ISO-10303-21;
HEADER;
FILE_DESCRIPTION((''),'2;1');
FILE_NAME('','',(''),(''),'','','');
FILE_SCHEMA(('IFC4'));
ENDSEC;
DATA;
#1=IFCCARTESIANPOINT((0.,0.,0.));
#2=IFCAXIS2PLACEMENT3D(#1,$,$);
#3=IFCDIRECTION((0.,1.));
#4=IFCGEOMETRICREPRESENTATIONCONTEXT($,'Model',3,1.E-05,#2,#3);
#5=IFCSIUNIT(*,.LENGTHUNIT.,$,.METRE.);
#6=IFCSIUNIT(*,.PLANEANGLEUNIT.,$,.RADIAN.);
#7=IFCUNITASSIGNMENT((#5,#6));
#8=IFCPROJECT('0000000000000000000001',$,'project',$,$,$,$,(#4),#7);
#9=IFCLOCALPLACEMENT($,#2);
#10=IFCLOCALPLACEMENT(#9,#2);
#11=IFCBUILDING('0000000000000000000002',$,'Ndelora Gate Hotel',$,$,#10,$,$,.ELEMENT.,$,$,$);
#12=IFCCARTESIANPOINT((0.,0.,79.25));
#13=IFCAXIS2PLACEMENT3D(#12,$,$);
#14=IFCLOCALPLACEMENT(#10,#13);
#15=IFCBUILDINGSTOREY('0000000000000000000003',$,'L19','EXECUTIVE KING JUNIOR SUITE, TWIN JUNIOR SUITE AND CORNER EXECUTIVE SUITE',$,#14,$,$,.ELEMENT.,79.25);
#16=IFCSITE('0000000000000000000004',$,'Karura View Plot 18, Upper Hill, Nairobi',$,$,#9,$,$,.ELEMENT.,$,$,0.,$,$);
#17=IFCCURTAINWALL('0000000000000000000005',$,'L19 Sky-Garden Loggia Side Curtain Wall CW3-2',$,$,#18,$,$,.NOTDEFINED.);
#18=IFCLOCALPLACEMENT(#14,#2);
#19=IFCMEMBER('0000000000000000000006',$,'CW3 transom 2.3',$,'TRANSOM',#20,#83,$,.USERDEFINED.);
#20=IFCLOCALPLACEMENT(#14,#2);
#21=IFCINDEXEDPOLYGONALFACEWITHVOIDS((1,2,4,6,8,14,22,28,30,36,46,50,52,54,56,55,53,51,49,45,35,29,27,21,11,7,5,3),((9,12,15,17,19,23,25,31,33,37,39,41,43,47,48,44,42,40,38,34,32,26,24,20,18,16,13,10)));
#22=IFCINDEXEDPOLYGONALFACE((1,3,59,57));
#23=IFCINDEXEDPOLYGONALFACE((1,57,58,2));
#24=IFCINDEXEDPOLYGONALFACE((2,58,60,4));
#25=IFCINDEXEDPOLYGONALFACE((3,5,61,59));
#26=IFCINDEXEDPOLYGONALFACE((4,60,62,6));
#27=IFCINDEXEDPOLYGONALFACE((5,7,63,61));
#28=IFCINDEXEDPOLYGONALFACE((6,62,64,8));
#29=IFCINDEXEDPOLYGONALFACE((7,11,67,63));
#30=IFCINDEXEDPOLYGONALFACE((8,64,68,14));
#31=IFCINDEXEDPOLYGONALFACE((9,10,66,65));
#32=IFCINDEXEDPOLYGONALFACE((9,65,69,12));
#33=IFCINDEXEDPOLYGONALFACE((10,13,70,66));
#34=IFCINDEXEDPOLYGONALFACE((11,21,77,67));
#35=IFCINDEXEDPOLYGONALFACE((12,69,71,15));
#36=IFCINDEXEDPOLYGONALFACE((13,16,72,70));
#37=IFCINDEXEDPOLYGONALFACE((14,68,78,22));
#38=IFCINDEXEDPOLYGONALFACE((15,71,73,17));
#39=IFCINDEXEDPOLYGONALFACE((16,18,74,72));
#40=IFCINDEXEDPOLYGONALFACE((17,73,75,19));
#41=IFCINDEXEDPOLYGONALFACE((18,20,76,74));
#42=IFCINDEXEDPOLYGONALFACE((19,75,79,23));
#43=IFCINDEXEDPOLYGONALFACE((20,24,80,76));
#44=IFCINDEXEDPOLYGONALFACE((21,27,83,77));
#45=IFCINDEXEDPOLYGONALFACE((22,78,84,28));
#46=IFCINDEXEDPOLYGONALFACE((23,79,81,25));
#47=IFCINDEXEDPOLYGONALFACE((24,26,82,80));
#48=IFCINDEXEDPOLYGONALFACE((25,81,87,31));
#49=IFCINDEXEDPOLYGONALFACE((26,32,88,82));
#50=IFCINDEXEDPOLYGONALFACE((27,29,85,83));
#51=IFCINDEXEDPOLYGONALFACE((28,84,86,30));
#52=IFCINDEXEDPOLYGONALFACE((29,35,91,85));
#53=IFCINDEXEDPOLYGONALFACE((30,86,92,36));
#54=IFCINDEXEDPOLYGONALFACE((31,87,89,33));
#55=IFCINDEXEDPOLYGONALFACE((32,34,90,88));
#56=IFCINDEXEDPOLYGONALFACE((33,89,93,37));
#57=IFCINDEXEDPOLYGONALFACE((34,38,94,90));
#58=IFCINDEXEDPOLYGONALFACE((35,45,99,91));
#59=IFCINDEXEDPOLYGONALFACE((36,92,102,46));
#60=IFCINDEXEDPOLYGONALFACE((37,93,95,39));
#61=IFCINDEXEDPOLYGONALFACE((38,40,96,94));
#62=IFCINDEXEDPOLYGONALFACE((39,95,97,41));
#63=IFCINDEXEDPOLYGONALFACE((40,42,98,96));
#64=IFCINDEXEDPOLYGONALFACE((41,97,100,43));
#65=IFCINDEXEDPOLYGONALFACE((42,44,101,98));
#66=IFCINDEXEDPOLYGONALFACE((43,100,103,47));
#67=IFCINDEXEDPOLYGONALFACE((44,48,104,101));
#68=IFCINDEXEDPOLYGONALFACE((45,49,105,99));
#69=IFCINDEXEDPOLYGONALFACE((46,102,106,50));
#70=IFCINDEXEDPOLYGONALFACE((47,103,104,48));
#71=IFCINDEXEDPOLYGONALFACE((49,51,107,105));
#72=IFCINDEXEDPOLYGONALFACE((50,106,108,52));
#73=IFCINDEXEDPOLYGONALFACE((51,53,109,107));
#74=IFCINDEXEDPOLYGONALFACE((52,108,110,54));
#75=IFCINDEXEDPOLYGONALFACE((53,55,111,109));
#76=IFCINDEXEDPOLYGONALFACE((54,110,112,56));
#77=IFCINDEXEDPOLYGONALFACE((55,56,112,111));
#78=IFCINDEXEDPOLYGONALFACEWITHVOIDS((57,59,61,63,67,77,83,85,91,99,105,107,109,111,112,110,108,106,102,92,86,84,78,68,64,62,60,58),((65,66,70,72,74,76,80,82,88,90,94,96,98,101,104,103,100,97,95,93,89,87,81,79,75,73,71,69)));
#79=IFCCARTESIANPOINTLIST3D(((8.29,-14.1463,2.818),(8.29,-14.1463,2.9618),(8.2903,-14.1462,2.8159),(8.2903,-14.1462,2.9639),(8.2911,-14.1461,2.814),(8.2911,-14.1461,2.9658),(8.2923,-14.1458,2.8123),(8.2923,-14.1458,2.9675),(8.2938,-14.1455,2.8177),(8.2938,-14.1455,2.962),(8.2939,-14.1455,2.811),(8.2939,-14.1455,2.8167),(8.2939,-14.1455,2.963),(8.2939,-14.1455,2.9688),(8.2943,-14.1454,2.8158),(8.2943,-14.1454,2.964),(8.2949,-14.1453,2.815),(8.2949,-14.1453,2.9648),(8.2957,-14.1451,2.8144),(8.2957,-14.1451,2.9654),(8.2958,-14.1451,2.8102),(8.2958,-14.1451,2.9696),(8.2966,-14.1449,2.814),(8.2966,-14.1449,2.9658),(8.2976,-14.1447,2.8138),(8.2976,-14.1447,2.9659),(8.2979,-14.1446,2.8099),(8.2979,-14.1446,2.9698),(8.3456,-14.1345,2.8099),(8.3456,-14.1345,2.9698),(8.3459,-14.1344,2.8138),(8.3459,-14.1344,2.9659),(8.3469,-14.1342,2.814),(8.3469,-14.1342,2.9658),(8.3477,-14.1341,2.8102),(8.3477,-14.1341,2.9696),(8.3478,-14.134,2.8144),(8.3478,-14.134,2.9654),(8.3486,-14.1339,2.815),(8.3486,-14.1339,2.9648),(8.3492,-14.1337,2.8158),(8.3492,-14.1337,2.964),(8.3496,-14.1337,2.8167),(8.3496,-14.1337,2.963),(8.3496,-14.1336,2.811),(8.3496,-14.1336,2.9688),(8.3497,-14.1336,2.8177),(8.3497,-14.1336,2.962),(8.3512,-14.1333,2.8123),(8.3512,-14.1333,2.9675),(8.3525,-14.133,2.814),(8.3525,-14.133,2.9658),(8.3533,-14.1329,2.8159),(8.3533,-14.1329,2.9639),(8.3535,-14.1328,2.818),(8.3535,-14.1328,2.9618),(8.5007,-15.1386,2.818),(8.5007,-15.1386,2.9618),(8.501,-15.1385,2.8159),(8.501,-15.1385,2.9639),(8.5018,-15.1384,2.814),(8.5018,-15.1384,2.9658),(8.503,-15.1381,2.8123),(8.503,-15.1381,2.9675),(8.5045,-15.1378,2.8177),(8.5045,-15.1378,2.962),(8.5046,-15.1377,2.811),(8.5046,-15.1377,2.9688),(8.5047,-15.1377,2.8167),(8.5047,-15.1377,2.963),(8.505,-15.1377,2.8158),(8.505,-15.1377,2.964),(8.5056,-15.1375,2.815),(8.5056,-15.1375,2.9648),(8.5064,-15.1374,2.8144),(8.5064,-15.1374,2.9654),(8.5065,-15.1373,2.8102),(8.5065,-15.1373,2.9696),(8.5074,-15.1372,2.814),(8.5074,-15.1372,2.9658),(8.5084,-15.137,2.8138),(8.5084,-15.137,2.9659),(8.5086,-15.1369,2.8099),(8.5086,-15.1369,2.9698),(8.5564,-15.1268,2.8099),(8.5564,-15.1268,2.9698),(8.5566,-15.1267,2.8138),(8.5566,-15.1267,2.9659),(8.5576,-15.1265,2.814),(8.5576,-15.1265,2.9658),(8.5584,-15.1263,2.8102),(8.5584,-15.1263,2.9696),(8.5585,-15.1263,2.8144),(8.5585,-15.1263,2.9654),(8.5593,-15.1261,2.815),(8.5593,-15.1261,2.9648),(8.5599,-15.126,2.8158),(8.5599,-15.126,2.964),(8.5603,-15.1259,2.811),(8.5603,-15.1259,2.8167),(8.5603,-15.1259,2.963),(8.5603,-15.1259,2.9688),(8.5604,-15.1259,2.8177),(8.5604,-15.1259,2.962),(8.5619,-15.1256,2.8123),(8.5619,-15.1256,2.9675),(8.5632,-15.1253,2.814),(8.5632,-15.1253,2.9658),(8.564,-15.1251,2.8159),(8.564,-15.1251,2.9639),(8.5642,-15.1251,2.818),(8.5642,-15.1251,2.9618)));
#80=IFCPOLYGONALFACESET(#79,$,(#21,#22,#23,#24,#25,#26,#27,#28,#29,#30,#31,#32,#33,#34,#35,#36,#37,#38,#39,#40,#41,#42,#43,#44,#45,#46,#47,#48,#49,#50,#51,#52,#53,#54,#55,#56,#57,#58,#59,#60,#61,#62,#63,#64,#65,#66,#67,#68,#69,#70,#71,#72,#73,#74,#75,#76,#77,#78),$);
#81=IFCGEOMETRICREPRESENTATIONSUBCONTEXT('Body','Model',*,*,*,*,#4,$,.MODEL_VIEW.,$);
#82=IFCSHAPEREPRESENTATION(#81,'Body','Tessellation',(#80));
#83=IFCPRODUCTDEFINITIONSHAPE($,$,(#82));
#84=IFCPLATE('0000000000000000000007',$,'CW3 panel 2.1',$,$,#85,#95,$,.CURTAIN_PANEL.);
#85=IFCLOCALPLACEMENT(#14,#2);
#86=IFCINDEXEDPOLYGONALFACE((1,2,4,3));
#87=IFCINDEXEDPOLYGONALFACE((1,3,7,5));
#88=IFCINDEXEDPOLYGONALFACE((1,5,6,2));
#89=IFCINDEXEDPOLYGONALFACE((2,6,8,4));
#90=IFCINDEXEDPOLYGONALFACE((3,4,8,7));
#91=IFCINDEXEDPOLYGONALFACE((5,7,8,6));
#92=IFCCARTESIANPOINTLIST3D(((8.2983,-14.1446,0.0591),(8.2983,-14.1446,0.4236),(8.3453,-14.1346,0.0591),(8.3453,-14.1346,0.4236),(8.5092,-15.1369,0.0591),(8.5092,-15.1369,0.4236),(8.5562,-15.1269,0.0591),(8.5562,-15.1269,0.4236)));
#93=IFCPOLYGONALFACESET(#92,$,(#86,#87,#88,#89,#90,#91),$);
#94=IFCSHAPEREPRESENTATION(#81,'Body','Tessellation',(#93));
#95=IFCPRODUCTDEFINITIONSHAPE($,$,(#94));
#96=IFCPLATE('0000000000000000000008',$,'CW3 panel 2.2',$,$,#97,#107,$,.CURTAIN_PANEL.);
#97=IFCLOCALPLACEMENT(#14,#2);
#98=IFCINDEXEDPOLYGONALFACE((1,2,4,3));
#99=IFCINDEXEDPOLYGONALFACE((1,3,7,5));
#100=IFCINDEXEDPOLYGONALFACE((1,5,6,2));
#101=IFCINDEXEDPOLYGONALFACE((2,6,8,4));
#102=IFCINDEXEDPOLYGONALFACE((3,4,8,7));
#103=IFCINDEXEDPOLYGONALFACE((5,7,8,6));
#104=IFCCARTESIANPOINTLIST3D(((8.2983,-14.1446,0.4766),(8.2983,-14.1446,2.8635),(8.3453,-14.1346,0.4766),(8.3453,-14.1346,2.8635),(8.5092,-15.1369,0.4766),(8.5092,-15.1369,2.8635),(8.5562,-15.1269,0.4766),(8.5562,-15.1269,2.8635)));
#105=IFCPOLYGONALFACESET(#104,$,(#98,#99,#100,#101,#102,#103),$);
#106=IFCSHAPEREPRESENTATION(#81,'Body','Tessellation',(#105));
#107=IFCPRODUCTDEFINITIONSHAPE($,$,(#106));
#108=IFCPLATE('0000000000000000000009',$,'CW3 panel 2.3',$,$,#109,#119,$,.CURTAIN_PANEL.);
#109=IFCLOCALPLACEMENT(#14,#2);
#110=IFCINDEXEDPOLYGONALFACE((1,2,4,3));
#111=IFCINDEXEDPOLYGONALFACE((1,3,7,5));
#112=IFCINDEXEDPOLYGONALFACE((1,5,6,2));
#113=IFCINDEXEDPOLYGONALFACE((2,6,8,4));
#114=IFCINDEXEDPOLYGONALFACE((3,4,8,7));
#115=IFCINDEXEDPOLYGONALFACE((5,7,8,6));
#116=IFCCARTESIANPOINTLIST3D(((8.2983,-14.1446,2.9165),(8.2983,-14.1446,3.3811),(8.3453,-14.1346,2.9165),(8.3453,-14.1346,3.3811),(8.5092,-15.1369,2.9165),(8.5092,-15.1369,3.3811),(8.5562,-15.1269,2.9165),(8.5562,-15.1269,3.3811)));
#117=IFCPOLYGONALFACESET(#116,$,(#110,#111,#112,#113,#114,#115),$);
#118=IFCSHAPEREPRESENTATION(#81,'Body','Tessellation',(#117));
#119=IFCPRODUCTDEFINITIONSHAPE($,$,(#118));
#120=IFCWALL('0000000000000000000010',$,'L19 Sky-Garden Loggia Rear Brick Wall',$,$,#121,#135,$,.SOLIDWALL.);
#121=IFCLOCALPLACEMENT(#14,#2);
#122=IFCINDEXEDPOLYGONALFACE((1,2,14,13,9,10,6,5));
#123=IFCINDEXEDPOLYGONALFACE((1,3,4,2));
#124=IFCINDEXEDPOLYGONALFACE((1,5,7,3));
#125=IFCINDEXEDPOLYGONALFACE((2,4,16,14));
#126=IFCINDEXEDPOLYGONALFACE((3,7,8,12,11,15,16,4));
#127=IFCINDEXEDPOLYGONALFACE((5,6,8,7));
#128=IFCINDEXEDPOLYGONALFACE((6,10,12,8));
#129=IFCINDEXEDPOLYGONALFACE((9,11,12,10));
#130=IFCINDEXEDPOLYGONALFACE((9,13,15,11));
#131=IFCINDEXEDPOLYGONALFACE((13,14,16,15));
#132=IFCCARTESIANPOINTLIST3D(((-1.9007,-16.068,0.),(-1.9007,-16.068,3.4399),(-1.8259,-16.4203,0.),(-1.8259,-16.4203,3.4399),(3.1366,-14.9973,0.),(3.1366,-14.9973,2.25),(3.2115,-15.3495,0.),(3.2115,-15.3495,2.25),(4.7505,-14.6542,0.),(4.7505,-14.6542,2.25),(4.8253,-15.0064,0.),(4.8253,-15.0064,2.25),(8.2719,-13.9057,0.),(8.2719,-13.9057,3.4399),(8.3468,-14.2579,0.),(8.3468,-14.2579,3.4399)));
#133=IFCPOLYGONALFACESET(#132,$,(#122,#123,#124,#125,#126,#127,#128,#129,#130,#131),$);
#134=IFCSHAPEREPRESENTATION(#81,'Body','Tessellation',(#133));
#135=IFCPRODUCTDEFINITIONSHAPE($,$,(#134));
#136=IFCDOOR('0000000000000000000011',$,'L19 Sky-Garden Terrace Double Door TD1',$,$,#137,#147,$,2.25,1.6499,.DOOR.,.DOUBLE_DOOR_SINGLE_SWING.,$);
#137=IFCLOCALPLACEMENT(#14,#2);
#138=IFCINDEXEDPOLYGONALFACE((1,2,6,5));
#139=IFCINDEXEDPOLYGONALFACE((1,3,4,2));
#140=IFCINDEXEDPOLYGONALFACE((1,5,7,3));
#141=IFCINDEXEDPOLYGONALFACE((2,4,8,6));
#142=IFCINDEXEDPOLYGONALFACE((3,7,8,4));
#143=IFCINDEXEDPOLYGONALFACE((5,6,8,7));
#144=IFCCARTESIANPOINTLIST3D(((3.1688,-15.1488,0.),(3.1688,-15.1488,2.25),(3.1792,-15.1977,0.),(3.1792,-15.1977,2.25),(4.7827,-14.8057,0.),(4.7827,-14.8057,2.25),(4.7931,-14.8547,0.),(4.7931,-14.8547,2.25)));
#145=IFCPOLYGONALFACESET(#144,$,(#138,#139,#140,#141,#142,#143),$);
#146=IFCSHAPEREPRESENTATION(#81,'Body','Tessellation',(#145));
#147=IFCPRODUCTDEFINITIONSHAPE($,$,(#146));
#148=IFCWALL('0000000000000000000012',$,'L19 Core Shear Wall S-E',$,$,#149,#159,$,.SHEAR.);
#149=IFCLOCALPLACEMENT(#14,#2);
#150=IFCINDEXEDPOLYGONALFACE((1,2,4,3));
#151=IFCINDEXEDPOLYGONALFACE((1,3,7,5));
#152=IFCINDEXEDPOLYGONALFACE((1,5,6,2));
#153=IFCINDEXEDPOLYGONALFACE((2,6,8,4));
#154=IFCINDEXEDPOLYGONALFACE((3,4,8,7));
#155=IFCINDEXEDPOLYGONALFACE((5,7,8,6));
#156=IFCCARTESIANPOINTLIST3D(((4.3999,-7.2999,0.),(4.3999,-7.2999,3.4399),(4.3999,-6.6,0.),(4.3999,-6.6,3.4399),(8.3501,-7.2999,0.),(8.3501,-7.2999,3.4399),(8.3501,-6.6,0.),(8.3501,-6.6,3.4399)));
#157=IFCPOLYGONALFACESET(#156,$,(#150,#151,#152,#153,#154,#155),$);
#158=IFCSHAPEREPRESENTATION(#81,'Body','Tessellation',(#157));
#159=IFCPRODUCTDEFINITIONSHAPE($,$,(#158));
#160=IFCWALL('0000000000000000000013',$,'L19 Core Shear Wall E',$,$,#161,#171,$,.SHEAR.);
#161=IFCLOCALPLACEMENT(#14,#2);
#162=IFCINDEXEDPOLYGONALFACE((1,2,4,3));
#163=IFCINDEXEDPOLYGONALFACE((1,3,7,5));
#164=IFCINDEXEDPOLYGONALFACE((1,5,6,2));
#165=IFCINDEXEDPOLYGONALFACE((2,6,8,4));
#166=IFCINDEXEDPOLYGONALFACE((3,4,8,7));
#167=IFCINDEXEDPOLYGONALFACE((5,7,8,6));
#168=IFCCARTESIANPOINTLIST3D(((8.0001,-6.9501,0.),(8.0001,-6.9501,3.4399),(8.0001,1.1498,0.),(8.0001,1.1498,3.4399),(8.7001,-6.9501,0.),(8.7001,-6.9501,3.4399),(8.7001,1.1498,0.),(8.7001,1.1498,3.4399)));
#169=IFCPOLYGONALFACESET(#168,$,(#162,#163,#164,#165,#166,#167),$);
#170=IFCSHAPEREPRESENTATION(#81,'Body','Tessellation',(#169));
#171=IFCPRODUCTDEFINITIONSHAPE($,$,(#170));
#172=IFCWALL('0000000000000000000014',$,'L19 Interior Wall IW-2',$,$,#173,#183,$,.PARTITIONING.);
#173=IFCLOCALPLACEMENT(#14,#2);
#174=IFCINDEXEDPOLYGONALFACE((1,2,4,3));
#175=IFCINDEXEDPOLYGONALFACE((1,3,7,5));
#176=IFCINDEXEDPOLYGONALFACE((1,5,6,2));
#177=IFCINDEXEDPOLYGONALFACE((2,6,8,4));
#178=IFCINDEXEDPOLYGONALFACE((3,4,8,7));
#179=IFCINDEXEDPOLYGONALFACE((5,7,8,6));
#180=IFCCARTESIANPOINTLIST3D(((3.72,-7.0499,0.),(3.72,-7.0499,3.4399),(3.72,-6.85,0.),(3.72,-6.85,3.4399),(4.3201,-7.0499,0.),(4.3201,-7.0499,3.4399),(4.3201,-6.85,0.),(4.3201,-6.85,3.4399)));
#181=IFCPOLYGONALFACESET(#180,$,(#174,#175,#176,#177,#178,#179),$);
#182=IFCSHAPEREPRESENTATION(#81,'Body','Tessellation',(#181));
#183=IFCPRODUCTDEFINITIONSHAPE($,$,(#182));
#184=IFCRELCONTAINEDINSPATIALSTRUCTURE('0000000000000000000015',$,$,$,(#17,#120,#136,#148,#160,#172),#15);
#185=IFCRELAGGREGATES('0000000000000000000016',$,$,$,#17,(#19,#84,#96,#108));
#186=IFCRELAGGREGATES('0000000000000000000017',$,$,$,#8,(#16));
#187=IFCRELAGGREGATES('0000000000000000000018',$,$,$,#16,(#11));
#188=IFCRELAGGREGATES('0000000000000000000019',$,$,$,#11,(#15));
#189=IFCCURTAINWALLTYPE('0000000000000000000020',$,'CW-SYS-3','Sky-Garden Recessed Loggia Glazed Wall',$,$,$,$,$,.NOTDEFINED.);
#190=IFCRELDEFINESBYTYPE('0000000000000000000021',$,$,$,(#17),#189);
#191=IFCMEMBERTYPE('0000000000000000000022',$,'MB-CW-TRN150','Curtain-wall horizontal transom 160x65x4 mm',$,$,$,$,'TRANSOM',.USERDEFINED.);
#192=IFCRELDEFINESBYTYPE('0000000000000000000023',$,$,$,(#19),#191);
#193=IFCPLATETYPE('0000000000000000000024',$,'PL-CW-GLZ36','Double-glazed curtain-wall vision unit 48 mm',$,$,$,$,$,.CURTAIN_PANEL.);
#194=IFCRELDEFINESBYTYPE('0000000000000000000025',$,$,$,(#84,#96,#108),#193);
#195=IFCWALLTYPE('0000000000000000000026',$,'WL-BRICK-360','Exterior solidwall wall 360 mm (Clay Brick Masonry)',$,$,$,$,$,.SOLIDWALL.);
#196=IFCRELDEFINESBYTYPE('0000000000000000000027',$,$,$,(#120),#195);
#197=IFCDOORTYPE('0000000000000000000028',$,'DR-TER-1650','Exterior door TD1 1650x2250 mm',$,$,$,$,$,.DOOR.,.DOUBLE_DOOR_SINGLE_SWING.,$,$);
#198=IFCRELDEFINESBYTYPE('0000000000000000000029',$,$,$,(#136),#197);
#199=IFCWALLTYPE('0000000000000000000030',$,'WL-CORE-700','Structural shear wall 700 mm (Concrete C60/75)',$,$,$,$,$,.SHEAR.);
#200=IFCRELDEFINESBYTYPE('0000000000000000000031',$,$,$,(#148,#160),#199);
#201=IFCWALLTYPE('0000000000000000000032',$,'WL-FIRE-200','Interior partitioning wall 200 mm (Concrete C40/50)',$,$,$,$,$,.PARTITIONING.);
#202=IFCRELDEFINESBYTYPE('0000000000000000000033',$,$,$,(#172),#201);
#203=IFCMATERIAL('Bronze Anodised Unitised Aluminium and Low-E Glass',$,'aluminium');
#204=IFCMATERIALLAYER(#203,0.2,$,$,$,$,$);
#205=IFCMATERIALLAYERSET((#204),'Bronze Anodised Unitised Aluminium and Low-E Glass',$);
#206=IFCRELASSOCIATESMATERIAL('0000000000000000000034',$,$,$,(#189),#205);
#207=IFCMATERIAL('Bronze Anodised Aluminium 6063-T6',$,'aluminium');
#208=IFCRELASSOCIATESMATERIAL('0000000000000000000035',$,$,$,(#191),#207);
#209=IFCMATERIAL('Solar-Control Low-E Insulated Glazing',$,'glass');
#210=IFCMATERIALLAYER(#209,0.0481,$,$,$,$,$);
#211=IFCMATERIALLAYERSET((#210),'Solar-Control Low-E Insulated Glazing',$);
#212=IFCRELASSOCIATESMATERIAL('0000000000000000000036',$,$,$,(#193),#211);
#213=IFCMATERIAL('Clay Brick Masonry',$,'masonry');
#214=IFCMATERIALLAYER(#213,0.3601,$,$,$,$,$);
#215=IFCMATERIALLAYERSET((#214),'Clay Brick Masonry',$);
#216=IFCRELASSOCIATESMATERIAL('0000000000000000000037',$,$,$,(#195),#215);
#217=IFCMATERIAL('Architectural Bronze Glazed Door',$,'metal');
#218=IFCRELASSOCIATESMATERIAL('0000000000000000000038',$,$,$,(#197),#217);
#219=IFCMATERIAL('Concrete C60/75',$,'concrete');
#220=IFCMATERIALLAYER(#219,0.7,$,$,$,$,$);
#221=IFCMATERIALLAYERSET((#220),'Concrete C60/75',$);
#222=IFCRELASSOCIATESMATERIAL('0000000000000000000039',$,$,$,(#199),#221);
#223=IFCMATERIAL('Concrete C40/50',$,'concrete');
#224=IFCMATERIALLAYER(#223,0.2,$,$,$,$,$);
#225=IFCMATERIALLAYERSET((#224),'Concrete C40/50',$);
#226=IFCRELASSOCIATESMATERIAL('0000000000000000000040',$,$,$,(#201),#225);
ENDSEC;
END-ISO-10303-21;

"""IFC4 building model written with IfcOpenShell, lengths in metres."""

from ifc_helpers import new_model, si_unit, direction, frame, frame_2d, origin, origin_2d, place, context, subcontext, project, spatial, rectangle, hollow_rectangle, extrude, material, layer, layer_set, material_profile, profile_set, type_object, element, fill, aggregate, save


model = new_model("IFC4")

# Units and contexts
model_context = context("Model", 3, precision=1e-05, world=origin(), true_north=direction((0.0, 1.0)))
body_context = subcontext(model_context, "Body", "Model", "MODEL_VIEW")
ifc_project = project(units=[si_unit("LENGTHUNIT", "METRE"), si_unit("PLANEANGLEUNIT", "RADIAN")], contexts=[model_context])

# Site, building, storey
site_placement = place(None, origin())
site = spatial("IfcSite", under=ifc_project, at=site_placement, Name="Karura View Plot 18, Upper Hill, Nairobi", CompositionType="ELEMENT", RefElevation=0.0)
building_placement = place(site_placement, origin())
building = spatial("IfcBuilding", under=site, at=building_placement, Name="Ndelora Gate Hotel", CompositionType="ELEMENT")
storey_placement = place(building_placement, frame((0.0, 0.0, 79.25)))
storey = spatial("IfcBuildingStorey", under=building, at=storey_placement, Name="L19", Description="EXECUTIVE KING JUNIOR SUITE, TWIN JUNIOR SUITE AND CORNER EXECUTIVE SUITE", CompositionType="ELEMENT", Elevation=79.25)

# Shared definitions
ifc_material_1 = material(Name="Concrete C60/75", Category="concrete")

# Curtain wall, member, plates
ifc_material_2 = material(Name="Bronze Anodised Unitised Aluminium and Low-E Glass", Category="aluminium")
ifc_layer_1 = layer(ifc_material_2, 0.2)
ifc_layer_set_1 = layer_set([ifc_layer_1], Name="Bronze Anodised Unitised Aluminium and Low-E Glass")
curtain_wall_type = type_object("IfcCurtainWallType", Name="CW-SYS-3", Description="Sky-Garden Recessed Loggia Glazed Wall", PredefinedType="NOTDEFINED", material=ifc_layer_set_1)
curtain_wall_placement = place(storey_placement, origin())
curtain_wall = element("IfcCurtainWall", 1, at=curtain_wall_placement, inside=storey, type_object=curtain_wall_type, Name="L19 Sky-Garden Loggia Side Curtain Wall CW3-2", PredefinedType="NOTDEFINED")
ifc_material_3 = material(Name="Bronze Anodised Aluminium 6063-T6", Category="aluminium")
ifc_material_profile_1 = material_profile(ifc_material_3, hollow_rectangle(XDim=0.0649, YDim=0.1599, WallThickness=0.0039, InnerFilletRadius=0.0039, OuterFilletRadius=0.0081, at=origin_2d()), Name="ALU 160x65x4")
ifc_profile_set_1 = profile_set([ifc_material_profile_1], Name="Bronze Anodised Aluminium 6063-T6")
member_type_1 = type_object("IfcMemberType", Name="MB-CW-TRN150", Description="Curtain-wall horizontal transom 160x65x4 mm", ElementType="TRANSOM", PredefinedType="USERDEFINED", material=ifc_profile_set_1)
member_1_placement = place(storey_placement, frame((8.5325, -15.1318, 2.8899), z_axis=(-0.207721, 0.978188, 0.0), x_axis=(-0.978188, -0.207721, 0.0)))
member_1 = element("IfcMember", 2, at=member_1_placement, type_object=member_type_1, Name="CW3 transom 2.3", ObjectType="TRANSOM", PredefinedType="USERDEFINED", context=body_context, shape_type="SweptSolid", body=[
    extrude(hollow_rectangle(XDim=0.0649, YDim=0.1599, WallThickness=0.0039, InnerFilletRadius=0.0039, OuterFilletRadius=0.0081, at=origin_2d()), origin(), (0.0, 0.0, 1.0), 1.0144),
])
ifc_material_4 = material(Name="Solar-Control Low-E Insulated Glazing", Category="glass")
ifc_layer_2 = layer(ifc_material_4, 0.0481)
ifc_layer_set_2 = layer_set([ifc_layer_2], Name="Solar-Control Low-E Insulated Glazing")
plate_type = type_object("IfcPlateType", Name="PL-CW-GLZ36", Description="Double-glazed curtain-wall vision unit 48 mm", PredefinedType="CURTAIN_PANEL", material=ifc_layer_set_2)
plate_1_placement = place(storey_placement, frame((8.4272, -14.6357, 0.0591), z_axis=(0.0, 0.0, 1.0), x_axis=(-0.207911, 0.978148, 0.0)))
plate_1 = element("IfcPlate", 3, at=plate_1_placement, type_object=plate_type, Name="CW3 panel 2.1", PredefinedType="CURTAIN_PANEL", context=body_context, shape_type="SweptSolid", body=[
    extrude(rectangle(XDim=1.0144, YDim=0.0481, at=origin_2d()), origin(), (0.0, 0.0, 1.0), 0.3645),
])
plate_2_placement = place(storey_placement, frame((8.4272, -14.6357, 0.4766), z_axis=(0.0, 0.0, 1.0), x_axis=(-0.207911, 0.978148, 0.0)))
plate_2 = element("IfcPlate", 4, at=plate_2_placement, type_object=plate_type, Name="CW3 panel 2.2", PredefinedType="CURTAIN_PANEL", context=body_context, shape_type="SweptSolid", body=[
    extrude(rectangle(XDim=1.0144, YDim=0.0481, at=origin_2d()), origin(), (0.0, 0.0, 1.0), 2.387),
])
plate_3_placement = place(storey_placement, frame((8.4272, -14.6357, 2.9165), z_axis=(0.0, 0.0, 1.0), x_axis=(-0.207911, 0.978148, 0.0)))
plate_3 = element("IfcPlate", 5, at=plate_3_placement, type_object=plate_type, Name="CW3 panel 2.3", PredefinedType="CURTAIN_PANEL", context=body_context, shape_type="SweptSolid", body=[
    extrude(rectangle(XDim=1.0144, YDim=0.0481, at=origin_2d()), origin(), (0.0, 0.0, 1.0), 0.4646),
])
aggregate(curtain_wall, [member_1, plate_1, plate_2, plate_3])

# Wall, opening, door
ifc_material_5 = material(Name="Clay Brick Masonry", Category="masonry")
ifc_layer_3 = layer(ifc_material_5, 0.3601)
ifc_layer_set_3 = layer_set([ifc_layer_3], Name="Clay Brick Masonry")
wall_type_1 = type_object("IfcWallType", Name="WL-BRICK-360", Description="Exterior solidwall wall 360 mm (Clay Brick Masonry)", PredefinedType="SOLIDWALL", material=ifc_layer_set_3)
wall_1_placement = place(storey_placement, frame((8.3093, -14.0818, 0.0), z_axis=(0.0, 0.0, 1.0), x_axis=(-0.978146, -0.207921, 0.0)))
wall_1 = element("IfcWall", 6, at=wall_1_placement, inside=storey, type_object=wall_type_1, Name="L19 Sky-Garden Loggia Rear Brick Wall", PredefinedType="SOLIDWALL", context=body_context, shape_type="SweptSolid", body=[
    extrude(rectangle(XDim=10.3999, YDim=0.3601, at=frame_2d((5.2, 0.0))), origin(), (0.0, 0.0, 1.0), 3.4399),
])
opening_1_placement = place(wall_1_placement, frame((3.6001, 0.0, 0.0)))
opening_1 = element("IfcOpeningElement", 7, at=opening_1_placement, cuts=wall_1, PredefinedType="OPENING", context=body_context, shape_type="SweptSolid", body=[
    extrude(rectangle(XDim=1.6499, YDim=2.25, at=frame_2d((0.825, 1.125))), frame((0.0, 0.1899, 0.0), z_axis=(0.0, -1.0, 0.0), x_axis=(1.0, 0.0, 0.0)), (0.0, 0.0, 1.0), 0.3801),
])
ifc_material_6 = material(Name="Architectural Bronze Glazed Door", Category="metal")
door_type_1 = type_object("IfcDoorType", Name="DR-TER-1650", Description="Exterior door TD1 1650x2250 mm", OperationType="DOUBLE_DOOR_SINGLE_SWING", PredefinedType="DOOR", material=ifc_material_6)
door_1_placement = place(opening_1_placement, origin())
door_1 = element("IfcDoor", 8, at=door_1_placement, inside=storey, type_object=door_type_1, Name="L19 Sky-Garden Terrace Double Door TD1", OperationType="DOUBLE_DOOR_SINGLE_SWING", OverallHeight=2.25, OverallWidth=1.6499, PredefinedType="DOOR", context=body_context, shape_type="SweptSolid", body=[
    extrude(rectangle(XDim=1.6499, YDim=2.25, at=frame_2d((0.825, 1.125))), frame((0.0, 0.0249, 0.0), z_axis=(0.0, -1.0, 0.0), x_axis=(1.0, 0.0, 0.0)), (0.0, 0.0, 1.0), 0.05),
])
fill(opening_1, door_1)

# Walls
ifc_layer_4 = layer(ifc_material_1, 0.7)
ifc_layer_set_4 = layer_set([ifc_layer_4], Name="Concrete C60/75")
wall_type_2 = type_object("IfcWallType", Name="WL-CORE-700", Description="Structural shear wall 700 mm (Concrete C60/75)", PredefinedType="SHEAR", material=ifc_layer_set_4)
wall_2_placement = place(storey_placement, frame((4.3999, -6.95, 0.0), z_axis=(0.0, 0.0, 1.0), x_axis=(1.0, 0.0, 0.0)))
element("IfcWall", 9, at=wall_2_placement, inside=storey, type_object=wall_type_2, Name="L19 Core Shear Wall S-E", PredefinedType="SHEAR", context=body_context, shape_type="SweptSolid", body=[
    extrude(rectangle(XDim=3.9502, YDim=0.7, at=frame_2d((1.9751, 0.0))), origin(), (0.0, 0.0, 1.0), 3.4399),
])
wall_3_placement = place(storey_placement, frame((8.3501, -6.95, 0.0), z_axis=(0.0, 0.0, 1.0), x_axis=(0.0, 1.0, 0.0)))
element("IfcWall", 10, at=wall_3_placement, inside=storey, type_object=wall_type_2, Name="L19 Core Shear Wall E", PredefinedType="SHEAR", context=body_context, shape_type="SweptSolid", body=[
    extrude(rectangle(XDim=8.0999, YDim=0.7, at=frame_2d((4.0498, 0.0))), origin(), (0.0, 0.0, 1.0), 3.4399),
])
ifc_material_7 = material(Name="Concrete C40/50", Category="concrete")
ifc_layer_5 = layer(ifc_material_7, 0.2)
ifc_layer_set_5 = layer_set([ifc_layer_5], Name="Concrete C40/50")
wall_type_3 = type_object("IfcWallType", Name="WL-FIRE-200", Description="Interior partitioning wall 200 mm (Concrete C40/50)", PredefinedType="PARTITIONING", material=ifc_layer_set_5)
wall_4_placement = place(storey_placement, frame((3.72, -6.95, 0.0), z_axis=(0.0, 0.0, 1.0), x_axis=(1.0, 0.0, 0.0)))
element("IfcWall", 11, at=wall_4_placement, inside=storey, type_object=wall_type_3, Name="L19 Interior Wall IW-2", PredefinedType="PARTITIONING", context=body_context, shape_type="SweptSolid", body=[
    extrude(rectangle(XDim=0.6001, YDim=0.2, at=frame_2d((0.3, 0.0))), origin(), (0.0, 0.0, 1.0), 3.4399),
])

save(model, "model.ifc")
